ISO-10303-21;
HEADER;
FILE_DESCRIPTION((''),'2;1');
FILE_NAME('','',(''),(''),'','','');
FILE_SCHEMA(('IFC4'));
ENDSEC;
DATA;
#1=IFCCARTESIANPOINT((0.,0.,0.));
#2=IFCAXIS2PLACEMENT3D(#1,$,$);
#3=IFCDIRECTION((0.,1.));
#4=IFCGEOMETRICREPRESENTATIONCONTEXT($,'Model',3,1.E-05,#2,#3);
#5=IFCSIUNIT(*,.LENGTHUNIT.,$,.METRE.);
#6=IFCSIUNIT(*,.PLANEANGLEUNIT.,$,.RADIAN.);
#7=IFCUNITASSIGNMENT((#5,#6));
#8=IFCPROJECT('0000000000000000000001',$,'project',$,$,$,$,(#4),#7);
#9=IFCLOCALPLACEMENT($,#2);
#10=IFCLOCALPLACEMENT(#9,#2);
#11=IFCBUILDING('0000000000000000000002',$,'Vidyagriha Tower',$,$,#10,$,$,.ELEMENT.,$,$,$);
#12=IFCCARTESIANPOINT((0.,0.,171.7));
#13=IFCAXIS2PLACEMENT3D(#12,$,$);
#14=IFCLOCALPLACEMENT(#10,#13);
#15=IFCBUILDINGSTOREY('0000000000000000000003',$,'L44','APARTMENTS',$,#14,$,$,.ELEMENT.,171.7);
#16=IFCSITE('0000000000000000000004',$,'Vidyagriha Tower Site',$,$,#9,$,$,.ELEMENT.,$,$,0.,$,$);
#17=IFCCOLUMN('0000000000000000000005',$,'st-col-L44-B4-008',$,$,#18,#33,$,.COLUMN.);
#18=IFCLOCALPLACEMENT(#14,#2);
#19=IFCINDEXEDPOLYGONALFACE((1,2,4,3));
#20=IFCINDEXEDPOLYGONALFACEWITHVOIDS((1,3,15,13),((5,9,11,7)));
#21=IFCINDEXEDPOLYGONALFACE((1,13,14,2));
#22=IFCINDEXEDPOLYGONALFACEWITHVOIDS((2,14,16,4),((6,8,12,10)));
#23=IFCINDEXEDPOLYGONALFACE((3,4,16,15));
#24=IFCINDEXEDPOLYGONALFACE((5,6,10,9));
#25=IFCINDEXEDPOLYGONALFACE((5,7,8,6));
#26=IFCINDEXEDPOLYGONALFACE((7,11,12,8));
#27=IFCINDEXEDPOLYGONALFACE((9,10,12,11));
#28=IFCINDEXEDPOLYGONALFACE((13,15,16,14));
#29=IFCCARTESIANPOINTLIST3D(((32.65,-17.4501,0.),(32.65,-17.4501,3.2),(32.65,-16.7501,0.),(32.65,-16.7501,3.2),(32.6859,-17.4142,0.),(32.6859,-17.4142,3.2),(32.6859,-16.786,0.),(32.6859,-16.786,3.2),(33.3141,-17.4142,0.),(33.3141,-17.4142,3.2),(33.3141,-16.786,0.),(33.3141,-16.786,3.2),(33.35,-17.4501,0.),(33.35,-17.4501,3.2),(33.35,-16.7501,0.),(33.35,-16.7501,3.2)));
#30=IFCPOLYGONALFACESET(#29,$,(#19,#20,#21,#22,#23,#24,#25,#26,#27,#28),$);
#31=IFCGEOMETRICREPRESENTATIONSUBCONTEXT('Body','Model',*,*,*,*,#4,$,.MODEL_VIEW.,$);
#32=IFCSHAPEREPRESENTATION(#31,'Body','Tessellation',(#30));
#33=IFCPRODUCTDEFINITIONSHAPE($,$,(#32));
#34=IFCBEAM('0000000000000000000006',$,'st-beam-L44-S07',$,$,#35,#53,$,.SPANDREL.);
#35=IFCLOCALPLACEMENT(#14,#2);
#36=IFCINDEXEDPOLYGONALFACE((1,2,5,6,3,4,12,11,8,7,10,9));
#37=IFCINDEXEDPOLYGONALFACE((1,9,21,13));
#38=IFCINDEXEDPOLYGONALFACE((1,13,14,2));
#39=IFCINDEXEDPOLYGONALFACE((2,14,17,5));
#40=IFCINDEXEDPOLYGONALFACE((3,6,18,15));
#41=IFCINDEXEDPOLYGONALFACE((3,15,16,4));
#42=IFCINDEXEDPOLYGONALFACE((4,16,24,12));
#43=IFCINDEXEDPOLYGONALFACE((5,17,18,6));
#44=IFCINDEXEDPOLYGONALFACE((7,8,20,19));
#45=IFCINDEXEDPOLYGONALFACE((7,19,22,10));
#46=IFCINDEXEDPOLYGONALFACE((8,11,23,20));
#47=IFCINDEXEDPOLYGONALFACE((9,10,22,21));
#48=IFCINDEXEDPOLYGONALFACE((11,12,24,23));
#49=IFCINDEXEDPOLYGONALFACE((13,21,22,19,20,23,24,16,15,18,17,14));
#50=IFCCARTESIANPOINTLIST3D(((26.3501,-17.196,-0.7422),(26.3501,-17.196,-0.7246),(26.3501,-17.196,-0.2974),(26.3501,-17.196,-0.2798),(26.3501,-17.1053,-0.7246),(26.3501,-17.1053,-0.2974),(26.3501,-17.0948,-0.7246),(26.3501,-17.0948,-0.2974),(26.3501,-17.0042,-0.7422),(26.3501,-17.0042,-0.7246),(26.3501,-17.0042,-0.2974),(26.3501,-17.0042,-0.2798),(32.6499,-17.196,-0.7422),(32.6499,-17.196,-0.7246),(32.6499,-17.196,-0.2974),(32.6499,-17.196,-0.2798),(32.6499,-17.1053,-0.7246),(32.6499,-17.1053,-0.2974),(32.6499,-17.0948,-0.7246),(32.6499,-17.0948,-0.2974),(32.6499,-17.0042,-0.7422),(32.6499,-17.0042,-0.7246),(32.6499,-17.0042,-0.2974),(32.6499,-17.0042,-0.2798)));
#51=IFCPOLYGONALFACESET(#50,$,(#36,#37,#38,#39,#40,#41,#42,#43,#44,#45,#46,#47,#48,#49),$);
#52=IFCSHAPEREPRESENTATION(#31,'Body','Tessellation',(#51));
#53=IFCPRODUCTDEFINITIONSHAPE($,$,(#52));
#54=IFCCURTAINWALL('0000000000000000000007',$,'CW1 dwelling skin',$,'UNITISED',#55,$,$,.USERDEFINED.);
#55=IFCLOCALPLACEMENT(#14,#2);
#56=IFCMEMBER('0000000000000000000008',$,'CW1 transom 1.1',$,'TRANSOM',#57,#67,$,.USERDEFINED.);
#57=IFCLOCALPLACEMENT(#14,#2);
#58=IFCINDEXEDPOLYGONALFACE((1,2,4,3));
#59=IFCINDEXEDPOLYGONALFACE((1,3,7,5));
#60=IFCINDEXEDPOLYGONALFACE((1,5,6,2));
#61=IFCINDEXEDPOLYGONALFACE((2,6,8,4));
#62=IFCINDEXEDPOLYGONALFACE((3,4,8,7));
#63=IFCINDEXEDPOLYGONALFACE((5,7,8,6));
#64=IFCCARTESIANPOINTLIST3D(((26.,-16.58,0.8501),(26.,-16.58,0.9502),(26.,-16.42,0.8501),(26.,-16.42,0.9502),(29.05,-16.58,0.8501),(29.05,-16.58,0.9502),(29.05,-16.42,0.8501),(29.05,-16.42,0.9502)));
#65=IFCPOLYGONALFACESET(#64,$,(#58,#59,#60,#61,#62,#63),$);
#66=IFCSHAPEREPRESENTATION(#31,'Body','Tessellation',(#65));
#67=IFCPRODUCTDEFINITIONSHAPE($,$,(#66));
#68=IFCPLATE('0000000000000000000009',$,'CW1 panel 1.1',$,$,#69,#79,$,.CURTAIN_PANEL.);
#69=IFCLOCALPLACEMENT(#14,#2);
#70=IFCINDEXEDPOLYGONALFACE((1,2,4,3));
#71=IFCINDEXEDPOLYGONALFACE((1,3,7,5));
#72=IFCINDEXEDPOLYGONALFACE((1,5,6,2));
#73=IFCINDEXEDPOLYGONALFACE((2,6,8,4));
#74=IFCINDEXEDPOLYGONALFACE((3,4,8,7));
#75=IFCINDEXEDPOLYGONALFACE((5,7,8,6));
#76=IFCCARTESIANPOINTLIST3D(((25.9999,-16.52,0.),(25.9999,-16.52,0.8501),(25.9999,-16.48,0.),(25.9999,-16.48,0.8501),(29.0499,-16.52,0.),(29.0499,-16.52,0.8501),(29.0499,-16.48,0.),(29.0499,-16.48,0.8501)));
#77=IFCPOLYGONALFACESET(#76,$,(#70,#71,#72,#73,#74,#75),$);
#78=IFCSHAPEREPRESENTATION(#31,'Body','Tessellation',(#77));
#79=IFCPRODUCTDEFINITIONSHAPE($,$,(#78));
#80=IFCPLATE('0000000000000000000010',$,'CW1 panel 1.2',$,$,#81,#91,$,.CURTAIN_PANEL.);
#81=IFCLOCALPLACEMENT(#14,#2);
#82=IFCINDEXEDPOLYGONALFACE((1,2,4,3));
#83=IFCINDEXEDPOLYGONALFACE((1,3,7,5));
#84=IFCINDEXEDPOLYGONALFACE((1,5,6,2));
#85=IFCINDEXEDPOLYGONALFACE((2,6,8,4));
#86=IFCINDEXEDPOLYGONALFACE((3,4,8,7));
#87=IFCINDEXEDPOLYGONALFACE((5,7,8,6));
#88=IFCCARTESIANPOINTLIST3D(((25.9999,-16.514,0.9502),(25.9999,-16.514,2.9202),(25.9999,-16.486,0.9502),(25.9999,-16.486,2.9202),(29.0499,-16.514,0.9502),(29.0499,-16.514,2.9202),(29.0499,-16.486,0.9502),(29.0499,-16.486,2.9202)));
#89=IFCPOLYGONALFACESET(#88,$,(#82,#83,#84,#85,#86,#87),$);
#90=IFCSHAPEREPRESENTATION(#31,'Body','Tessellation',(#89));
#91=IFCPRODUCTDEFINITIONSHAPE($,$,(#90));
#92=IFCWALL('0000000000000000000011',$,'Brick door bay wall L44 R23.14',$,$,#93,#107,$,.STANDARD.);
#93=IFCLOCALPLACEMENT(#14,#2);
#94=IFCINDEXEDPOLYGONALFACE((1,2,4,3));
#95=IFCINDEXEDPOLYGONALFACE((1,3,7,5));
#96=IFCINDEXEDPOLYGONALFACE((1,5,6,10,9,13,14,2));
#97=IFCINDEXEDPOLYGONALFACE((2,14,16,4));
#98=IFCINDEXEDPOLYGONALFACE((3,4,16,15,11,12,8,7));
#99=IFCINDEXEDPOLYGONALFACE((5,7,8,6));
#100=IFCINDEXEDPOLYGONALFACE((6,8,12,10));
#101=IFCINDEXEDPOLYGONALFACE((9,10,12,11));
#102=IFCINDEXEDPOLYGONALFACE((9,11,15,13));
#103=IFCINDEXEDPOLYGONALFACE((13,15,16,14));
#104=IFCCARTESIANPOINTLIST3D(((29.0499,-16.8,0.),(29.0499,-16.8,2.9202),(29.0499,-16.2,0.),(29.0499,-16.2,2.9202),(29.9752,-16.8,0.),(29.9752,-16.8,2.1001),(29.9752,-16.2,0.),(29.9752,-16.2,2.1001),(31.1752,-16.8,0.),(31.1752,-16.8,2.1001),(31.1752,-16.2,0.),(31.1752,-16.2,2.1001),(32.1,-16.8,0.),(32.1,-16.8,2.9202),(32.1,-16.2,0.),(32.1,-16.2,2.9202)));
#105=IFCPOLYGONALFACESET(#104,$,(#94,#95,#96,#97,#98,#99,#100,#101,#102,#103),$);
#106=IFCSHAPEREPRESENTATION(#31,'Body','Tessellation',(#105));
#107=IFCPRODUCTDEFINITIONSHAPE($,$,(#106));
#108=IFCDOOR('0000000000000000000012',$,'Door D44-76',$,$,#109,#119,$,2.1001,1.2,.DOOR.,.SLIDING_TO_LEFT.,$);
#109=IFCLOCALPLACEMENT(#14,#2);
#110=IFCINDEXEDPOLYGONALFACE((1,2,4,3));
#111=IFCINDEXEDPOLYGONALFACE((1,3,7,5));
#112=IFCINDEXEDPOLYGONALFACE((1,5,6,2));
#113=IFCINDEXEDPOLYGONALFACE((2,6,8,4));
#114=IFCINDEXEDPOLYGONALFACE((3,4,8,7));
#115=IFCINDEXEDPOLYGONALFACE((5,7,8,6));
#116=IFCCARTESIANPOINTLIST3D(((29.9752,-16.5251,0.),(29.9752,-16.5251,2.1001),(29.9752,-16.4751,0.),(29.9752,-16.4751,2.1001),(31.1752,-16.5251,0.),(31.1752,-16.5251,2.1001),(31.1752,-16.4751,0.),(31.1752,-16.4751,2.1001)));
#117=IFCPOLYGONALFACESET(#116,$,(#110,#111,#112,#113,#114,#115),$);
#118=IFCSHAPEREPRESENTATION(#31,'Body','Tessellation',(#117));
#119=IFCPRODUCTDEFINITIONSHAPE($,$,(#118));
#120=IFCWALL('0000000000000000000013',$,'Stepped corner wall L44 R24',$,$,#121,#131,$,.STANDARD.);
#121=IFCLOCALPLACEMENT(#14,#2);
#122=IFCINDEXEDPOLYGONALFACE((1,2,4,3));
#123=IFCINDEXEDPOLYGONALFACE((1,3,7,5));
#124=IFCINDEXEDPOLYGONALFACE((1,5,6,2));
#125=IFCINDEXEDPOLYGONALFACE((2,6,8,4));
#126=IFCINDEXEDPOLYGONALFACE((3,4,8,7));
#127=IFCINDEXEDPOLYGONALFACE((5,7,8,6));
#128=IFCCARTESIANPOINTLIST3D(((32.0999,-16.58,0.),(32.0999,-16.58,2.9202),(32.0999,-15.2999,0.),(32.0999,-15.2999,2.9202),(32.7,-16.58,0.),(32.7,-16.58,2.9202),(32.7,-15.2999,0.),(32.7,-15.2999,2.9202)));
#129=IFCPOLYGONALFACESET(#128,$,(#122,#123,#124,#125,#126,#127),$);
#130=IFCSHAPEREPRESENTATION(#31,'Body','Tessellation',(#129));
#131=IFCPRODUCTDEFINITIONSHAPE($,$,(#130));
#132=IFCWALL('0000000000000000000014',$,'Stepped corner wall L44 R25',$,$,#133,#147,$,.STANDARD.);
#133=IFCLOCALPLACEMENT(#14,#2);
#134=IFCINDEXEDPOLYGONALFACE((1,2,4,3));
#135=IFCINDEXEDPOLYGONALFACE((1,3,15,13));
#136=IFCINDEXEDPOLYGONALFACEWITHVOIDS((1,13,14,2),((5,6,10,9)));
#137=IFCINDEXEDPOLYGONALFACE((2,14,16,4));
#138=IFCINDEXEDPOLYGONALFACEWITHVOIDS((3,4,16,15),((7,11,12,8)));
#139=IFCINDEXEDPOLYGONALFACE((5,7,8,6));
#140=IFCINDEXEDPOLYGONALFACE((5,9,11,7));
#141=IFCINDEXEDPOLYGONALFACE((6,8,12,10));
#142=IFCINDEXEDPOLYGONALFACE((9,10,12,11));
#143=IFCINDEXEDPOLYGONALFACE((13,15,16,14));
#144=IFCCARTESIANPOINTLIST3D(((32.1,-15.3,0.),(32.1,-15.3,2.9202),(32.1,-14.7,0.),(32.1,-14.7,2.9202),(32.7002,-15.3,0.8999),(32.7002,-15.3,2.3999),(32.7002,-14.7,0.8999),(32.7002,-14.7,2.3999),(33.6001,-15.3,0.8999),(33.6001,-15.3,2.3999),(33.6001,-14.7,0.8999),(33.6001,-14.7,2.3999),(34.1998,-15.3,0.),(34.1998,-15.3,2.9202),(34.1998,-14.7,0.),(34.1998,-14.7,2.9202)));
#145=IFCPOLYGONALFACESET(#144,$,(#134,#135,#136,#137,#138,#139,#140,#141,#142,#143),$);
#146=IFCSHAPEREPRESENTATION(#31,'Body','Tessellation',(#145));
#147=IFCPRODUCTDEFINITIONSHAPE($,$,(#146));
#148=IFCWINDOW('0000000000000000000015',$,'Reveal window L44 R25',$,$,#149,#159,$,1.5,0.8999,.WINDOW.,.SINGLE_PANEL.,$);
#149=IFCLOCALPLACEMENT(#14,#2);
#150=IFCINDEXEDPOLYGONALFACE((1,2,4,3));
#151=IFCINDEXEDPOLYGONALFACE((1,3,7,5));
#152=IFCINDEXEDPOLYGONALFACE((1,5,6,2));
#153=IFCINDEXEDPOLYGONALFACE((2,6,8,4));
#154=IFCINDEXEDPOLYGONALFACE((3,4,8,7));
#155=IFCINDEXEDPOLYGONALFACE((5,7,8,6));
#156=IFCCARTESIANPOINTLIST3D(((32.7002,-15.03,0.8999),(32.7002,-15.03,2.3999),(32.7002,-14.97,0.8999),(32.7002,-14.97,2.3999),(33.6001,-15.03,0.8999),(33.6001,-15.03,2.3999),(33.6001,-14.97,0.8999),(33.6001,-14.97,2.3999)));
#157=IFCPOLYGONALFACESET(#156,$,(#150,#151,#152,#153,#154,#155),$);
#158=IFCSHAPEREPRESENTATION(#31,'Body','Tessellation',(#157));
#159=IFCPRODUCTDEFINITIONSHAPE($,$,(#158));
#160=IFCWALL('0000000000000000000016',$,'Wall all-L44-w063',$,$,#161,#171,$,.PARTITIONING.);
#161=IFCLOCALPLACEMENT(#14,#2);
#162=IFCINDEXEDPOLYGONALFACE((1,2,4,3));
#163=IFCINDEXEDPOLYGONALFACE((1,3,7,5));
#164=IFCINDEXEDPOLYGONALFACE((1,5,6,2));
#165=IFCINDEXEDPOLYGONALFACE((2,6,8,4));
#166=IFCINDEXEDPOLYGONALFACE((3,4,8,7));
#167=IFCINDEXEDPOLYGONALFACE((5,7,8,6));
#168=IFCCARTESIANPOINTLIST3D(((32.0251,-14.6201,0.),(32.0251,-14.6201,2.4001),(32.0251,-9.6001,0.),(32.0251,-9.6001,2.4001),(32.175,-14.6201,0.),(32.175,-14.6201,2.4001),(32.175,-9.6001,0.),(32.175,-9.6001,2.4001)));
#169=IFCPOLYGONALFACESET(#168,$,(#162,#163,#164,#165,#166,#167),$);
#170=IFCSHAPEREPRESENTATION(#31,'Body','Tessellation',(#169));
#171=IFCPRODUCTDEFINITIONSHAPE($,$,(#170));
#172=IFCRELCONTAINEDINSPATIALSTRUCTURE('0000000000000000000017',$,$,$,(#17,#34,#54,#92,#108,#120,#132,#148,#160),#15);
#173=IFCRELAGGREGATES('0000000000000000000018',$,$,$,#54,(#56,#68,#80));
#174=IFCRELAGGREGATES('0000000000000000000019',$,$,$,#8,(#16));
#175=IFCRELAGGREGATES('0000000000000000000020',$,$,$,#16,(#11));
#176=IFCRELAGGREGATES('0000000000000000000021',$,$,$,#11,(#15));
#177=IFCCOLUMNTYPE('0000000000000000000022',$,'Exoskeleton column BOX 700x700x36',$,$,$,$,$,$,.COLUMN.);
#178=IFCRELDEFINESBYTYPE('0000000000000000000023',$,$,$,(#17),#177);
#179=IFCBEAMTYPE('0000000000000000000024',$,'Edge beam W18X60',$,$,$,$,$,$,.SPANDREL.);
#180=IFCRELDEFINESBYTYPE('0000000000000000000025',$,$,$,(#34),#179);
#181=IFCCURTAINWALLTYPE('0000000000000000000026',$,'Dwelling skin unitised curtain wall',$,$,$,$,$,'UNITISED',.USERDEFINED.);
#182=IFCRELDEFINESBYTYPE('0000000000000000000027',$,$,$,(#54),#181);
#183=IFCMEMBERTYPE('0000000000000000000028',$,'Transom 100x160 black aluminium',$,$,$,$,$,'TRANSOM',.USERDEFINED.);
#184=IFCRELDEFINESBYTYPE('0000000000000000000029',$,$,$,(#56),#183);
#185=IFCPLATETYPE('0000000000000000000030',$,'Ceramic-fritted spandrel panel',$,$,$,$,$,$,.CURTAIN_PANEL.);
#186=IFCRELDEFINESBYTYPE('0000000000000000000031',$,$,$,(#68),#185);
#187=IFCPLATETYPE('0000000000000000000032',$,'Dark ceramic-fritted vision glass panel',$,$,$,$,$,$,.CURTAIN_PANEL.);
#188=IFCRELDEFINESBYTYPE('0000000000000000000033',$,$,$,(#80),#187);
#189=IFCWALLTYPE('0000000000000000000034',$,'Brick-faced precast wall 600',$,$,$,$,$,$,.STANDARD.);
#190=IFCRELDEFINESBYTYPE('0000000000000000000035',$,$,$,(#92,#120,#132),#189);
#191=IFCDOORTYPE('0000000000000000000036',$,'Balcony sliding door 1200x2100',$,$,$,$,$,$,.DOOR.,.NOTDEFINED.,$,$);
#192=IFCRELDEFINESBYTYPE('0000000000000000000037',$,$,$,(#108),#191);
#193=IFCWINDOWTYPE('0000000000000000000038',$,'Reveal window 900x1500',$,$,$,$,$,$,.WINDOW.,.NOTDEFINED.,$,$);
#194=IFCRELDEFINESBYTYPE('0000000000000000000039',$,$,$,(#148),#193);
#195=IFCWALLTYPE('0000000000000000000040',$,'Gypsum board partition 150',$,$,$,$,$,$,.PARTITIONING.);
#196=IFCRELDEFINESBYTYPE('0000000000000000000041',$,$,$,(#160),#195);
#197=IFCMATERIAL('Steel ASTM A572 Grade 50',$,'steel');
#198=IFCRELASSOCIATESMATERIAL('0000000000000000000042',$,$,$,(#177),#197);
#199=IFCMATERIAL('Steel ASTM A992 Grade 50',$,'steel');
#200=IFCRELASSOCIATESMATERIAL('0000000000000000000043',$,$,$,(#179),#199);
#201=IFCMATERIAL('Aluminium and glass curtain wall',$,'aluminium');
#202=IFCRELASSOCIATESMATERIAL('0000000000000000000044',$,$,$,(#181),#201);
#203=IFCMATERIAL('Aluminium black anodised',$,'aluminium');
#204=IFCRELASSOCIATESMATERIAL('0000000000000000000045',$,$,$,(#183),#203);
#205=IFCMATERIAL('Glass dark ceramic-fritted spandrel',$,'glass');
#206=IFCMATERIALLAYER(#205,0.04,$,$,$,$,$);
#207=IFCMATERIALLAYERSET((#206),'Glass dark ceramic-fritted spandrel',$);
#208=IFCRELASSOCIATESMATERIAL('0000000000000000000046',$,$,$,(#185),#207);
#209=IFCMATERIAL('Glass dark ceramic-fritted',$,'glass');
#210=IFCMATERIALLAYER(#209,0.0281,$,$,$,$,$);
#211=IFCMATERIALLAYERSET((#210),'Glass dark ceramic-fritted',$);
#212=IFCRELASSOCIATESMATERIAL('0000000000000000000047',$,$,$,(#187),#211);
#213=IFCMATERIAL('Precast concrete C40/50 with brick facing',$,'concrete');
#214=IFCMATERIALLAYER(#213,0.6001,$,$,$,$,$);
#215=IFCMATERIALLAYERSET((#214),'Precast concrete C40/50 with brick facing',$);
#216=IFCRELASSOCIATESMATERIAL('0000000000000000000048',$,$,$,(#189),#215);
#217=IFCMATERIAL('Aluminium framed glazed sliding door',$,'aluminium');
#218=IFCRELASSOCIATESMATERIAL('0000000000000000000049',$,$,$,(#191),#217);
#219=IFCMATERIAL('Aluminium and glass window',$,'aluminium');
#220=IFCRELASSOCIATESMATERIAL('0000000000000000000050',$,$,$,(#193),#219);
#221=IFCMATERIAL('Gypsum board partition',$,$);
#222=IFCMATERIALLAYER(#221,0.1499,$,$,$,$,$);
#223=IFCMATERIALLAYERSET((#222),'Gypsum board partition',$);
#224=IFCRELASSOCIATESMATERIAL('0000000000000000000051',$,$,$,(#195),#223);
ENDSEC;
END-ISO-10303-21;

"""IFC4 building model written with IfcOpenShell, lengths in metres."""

from ifc_helpers import new_model, si_unit, direction, frame, frame_2d, origin, origin_2d, place, context, subcontext, project, spatial, rectangle, hollow_rectangle, i_section, extrude, material, layer, layer_set, material_profile, profile_set, type_object, element, fill, aggregate, save


model = new_model("IFC4")

# Units and contexts
model_context = context("Model", 3, precision=1e-05, world=origin(), true_north=direction((0.0, 1.0)))
body_context = subcontext(model_context, "Body", "Model", "MODEL_VIEW")
ifc_project = project(units=[si_unit("LENGTHUNIT", "METRE"), si_unit("PLANEANGLEUNIT", "RADIAN")], contexts=[model_context])

# Site, building, storey
site_placement = place(None, origin())
site = spatial("IfcSite", under=ifc_project, at=site_placement, Name="Vidyagriha Tower Site", CompositionType="ELEMENT", RefElevation=0.0)
building_placement = place(site_placement, origin())
building = spatial("IfcBuilding", under=site, at=building_placement, Name="Vidyagriha Tower", CompositionType="ELEMENT")
storey_placement = place(building_placement, frame((0.0, 0.0, 171.7)))
storey = spatial("IfcBuildingStorey", under=building, at=storey_placement, Name="L44", Description="APARTMENTS", CompositionType="ELEMENT", Elevation=171.7)

# Column
ifc_material_1 = material(Name="Steel ASTM A572 Grade 50", Category="steel")
ifc_material_profile_1 = material_profile(ifc_material_1, hollow_rectangle(XDim=0.7, YDim=0.7, WallThickness=0.0359, at=origin_2d()), Name="BOX 700x700x36")
ifc_profile_set_1 = profile_set([ifc_material_profile_1], Name="Steel ASTM A572 Grade 50")
column_type = type_object("IfcColumnType", Name="Exoskeleton column BOX 700x700x36", PredefinedType="COLUMN", material=ifc_profile_set_1)
column_placement = place(storey_placement, frame((33.0, -17.1001, 0.0)))
element("IfcColumn", 1, at=column_placement, inside=storey, type_object=column_type, Name="st-col-L44-B4-008", PredefinedType="COLUMN", context=body_context, shape_type="SweptSolid", body=[
    extrude(hollow_rectangle(XDim=0.7, YDim=0.7, WallThickness=0.0359, at=origin_2d()), origin(), (0.0, 0.0, 1.0), 3.2),
])

# Beam
ifc_material_2 = material(Name="Steel ASTM A992 Grade 50", Category="steel")
ifc_material_profile_2 = material_profile(ifc_material_2, i_section(OverallWidth=0.1919, OverallDepth=0.4624, WebThickness=0.0105, FlangeThickness=0.0176, at=origin_2d()), Name="W18X60")
ifc_profile_set_2 = profile_set([ifc_material_profile_2], Name="Steel ASTM A992 Grade 50")
beam_type = type_object("IfcBeamType", Name="Edge beam W18X60", PredefinedType="SPANDREL", material=ifc_profile_set_2)
beam_placement = place(storey_placement, frame((26.3501, -17.1001, -0.511), z_axis=(1.0, 0.0, 0.0), x_axis=(0.0, 1.0, 0.0)))
element("IfcBeam", 2, at=beam_placement, inside=storey, type_object=beam_type, Name="st-beam-L44-S07", PredefinedType="SPANDREL", context=body_context, shape_type="SweptSolid", body=[
    extrude(i_section(OverallWidth=0.1919, OverallDepth=0.4624, WebThickness=0.0105, FlangeThickness=0.0176, at=origin_2d()), origin(), (0.0, 0.0, 1.0), 6.2998),
])

# Curtain wall, member, plates
ifc_material_3 = material(Name="Aluminium and glass curtain wall", Category="aluminium")
curtain_wall_type = type_object("IfcCurtainWallType", Name="Dwelling skin unitised curtain wall", ElementType="UNITISED", PredefinedType="USERDEFINED", material=ifc_material_3)
curtain_wall_placement = place(storey_placement, origin())
curtain_wall = element("IfcCurtainWall", 3, at=curtain_wall_placement, inside=storey, type_object=curtain_wall_type, Name="CW1 dwelling skin", ObjectType="UNITISED", PredefinedType="USERDEFINED")
ifc_material_4 = material(Name="Aluminium black anodised", Category="aluminium")
ifc_material_profile_3 = material_profile(ifc_material_4, rectangle(XDim=0.1599, YDim=0.1001, at=origin_2d()), Name="Transom 100x160 black aluminium")
ifc_profile_set_3 = profile_set([ifc_material_profile_3], Name="Aluminium black anodised")
member_type = type_object("IfcMemberType", Name="Transom 100x160 black aluminium", ElementType="TRANSOM", PredefinedType="USERDEFINED", material=ifc_profile_set_3)
member_placement = place(storey_placement, frame((26.0, -16.5, 0.9001), z_axis=(1.0, 0.0, 0.0), x_axis=(0.0, 1.0, 0.0)))
member = element("IfcMember", 4, at=member_placement, type_object=member_type, Name="CW1 transom 1.1", ObjectType="TRANSOM", PredefinedType="USERDEFINED", context=body_context, shape_type="SweptSolid", body=[
    extrude(rectangle(XDim=0.1599, YDim=0.1001, at=origin_2d()), origin(), (0.0, 0.0, 1.0), 3.05),
])
ifc_material_5 = material(Name="Glass dark ceramic-fritted spandrel", Category="glass")
ifc_layer_1 = layer(ifc_material_5, 0.04)
ifc_layer_set_1 = layer_set([ifc_layer_1], Name="Glass dark ceramic-fritted spandrel")
plate_type_1 = type_object("IfcPlateType", Name="Ceramic-fritted spandrel panel", PredefinedType="CURTAIN_PANEL", material=ifc_layer_set_1)
plate_1_placement = place(storey_placement, frame((27.5249, -16.5, 0.0)))
plate_1 = element("IfcPlate", 5, at=plate_1_placement, type_object=plate_type_1, Name="CW1 panel 1.1", PredefinedType="CURTAIN_PANEL", context=body_context, shape_type="SweptSolid", body=[
    extrude(rectangle(XDim=3.05, YDim=0.04, at=origin_2d()), origin(), (0.0, 0.0, 1.0), 0.8501),
])
ifc_material_6 = material(Name="Glass dark ceramic-fritted", Category="glass")
ifc_layer_2 = layer(ifc_material_6, 0.0281)
ifc_layer_set_2 = layer_set([ifc_layer_2], Name="Glass dark ceramic-fritted")
plate_type_2 = type_object("IfcPlateType", Name="Dark ceramic-fritted vision glass panel", PredefinedType="CURTAIN_PANEL", material=ifc_layer_set_2)
plate_2_placement = place(storey_placement, frame((27.5249, -16.5, 0.9502)))
plate_2 = element("IfcPlate", 6, at=plate_2_placement, type_object=plate_type_2, Name="CW1 panel 1.2", PredefinedType="CURTAIN_PANEL", context=body_context, shape_type="SweptSolid", body=[
    extrude(rectangle(XDim=3.05, YDim=0.0281, at=origin_2d()), origin(), (0.0, 0.0, 1.0), 1.97),
])
aggregate(curtain_wall, [member, plate_1, plate_2])

# Wall, opening, door
ifc_material_7 = material(Name="Precast concrete C40/50 with brick facing", Category="concrete")
ifc_layer_3 = layer(ifc_material_7, 0.6001)
ifc_layer_set_3 = layer_set([ifc_layer_3], Name="Precast concrete C40/50 with brick facing")
wall_type_1 = type_object("IfcWallType", Name="Brick-faced precast wall 600", PredefinedType="STANDARD", material=ifc_layer_set_3)
wall_1_placement = place(storey_placement, frame((29.05, -16.5, 0.0)))
wall_1 = element("IfcWall", 7, at=wall_1_placement, inside=storey, type_object=wall_type_1, Name="Brick door bay wall L44 R23.14", PredefinedType="STANDARD", context=body_context, shape_type="SweptSolid", body=[
    extrude(rectangle(XDim=3.05, YDim=0.6001, at=frame_2d((1.5249, 0.0))), origin(), (0.0, 0.0, 1.0), 2.9202),
])
opening_1_placement = place(wall_1_placement, frame((0.925, 0.0, 0.0)))
opening_1 = element("IfcOpeningElement", 8, at=opening_1_placement, cuts=wall_1, PredefinedType="OPENING", context=body_context, shape_type="SweptSolid", body=[
    extrude(rectangle(XDim=1.2, YDim=2.1001, at=frame_2d((0.6001, 1.05))), frame((0.0, 0.3101, 0.0), z_axis=(0.0, -1.0, 0.0), x_axis=(1.0, 0.0, 0.0)), (0.0, 0.0, 1.0), 0.6201),
])
ifc_material_8 = material(Name="Aluminium framed glazed sliding door", Category="aluminium")
door_type = type_object("IfcDoorType", Name="Balcony sliding door 1200x2100", OperationType="NOTDEFINED", PredefinedType="DOOR", material=ifc_material_8)
door_placement = place(opening_1_placement, origin())
door = element("IfcDoor", 9, at=door_placement, inside=storey, type_object=door_type, Name="Door D44-76", OperationType="SLIDING_TO_LEFT", OverallHeight=2.1001, OverallWidth=1.2, PredefinedType="DOOR", context=body_context, shape_type="SweptSolid", body=[
    extrude(rectangle(XDim=1.2, YDim=2.1001, at=frame_2d((0.6001, 1.05))), frame((0.0, 0.0249, 0.0), z_axis=(0.0, -1.0, 0.0), x_axis=(1.0, 0.0, 0.0)), (0.0, 0.0, 1.0), 0.05),
])
fill(opening_1, door)

# Wall
wall_2_placement = place(storey_placement, frame((32.3999, -16.5801, 0.0), z_axis=(0.0, 0.0, 1.0), x_axis=(0.0, 1.0, 0.0)))
element("IfcWall", 10, at=wall_2_placement, inside=storey, type_object=wall_type_1, Name="Stepped corner wall L44 R24", PredefinedType="STANDARD", context=body_context, shape_type="SweptSolid", body=[
    extrude(rectangle(XDim=1.28, YDim=0.6001, at=frame_2d((0.6401, 0.0))), origin(), (0.0, 0.0, 1.0), 2.9202),
])

# Wall, opening, window
wall_3_placement = place(storey_placement, frame((32.1001, -15.0, 0.0)))
wall_3 = element("IfcWall", 11, at=wall_3_placement, inside=storey, type_object=wall_type_1, Name="Stepped corner wall L44 R25", PredefinedType="STANDARD", context=body_context, shape_type="SweptSolid", body=[
    extrude(rectangle(XDim=2.0999, YDim=0.6001, at=frame_2d((1.0498, 0.0))), origin(), (0.0, 0.0, 1.0), 2.9202),
])
opening_2_placement = place(wall_3_placement, frame((0.6001, 0.0, 0.8999)))
opening_2 = element("IfcOpeningElement", 12, at=opening_2_placement, cuts=wall_3, PredefinedType="OPENING", context=body_context, shape_type="SweptSolid", body=[
    extrude(rectangle(XDim=0.8999, YDim=1.5, at=frame_2d((0.45, 0.75))), frame((0.0, 0.3101, 0.0), z_axis=(0.0, -1.0, 0.0), x_axis=(1.0, 0.0, 0.0)), (0.0, 0.0, 1.0), 0.6201),
])
ifc_material_9 = material(Name="Aluminium and glass window", Category="aluminium")
window_type = type_object("IfcWindowType", Name="Reveal window 900x1500", PartitioningType="NOTDEFINED", PredefinedType="WINDOW", material=ifc_material_9)
window_placement = place(opening_2_placement, origin())
window = element("IfcWindow", 13, at=window_placement, inside=storey, type_object=window_type, Name="Reveal window L44 R25", OverallHeight=1.5, OverallWidth=0.8999, PartitioningType="SINGLE_PANEL", PredefinedType="WINDOW", context=body_context, shape_type="SweptSolid", body=[
    extrude(rectangle(XDim=0.8999, YDim=1.5, at=frame_2d((0.45, 0.75))), frame((0.0, 0.03, 0.0), z_axis=(0.0, -1.0, 0.0), x_axis=(1.0, 0.0, 0.0)), (0.0, 0.0, 1.0), 0.0601),
])
fill(opening_2, window)

# Wall
ifc_material_10 = material(Name="Gypsum board partition")
ifc_layer_4 = layer(ifc_material_10, 0.1499)
ifc_layer_set_4 = layer_set([ifc_layer_4], Name="Gypsum board partition")
wall_type_2 = type_object("IfcWallType", Name="Gypsum board partition 150", PredefinedType="PARTITIONING", material=ifc_layer_set_4)
wall_4_placement = place(storey_placement, frame((32.1001, -9.6001, 0.0), z_axis=(0.0, 0.0, 1.0), x_axis=(0.0, -1.0, 0.0)))
element("IfcWall", 14, at=wall_4_placement, inside=storey, type_object=wall_type_2, Name="Wall all-L44-w063", PredefinedType="PARTITIONING", context=body_context, shape_type="SweptSolid", body=[
    extrude(rectangle(XDim=5.02, YDim=0.1499, at=frame_2d((2.51, 0.0))), origin(), (0.0, 0.0, 1.0), 2.4001),
])

save(model, "model.ifc")
